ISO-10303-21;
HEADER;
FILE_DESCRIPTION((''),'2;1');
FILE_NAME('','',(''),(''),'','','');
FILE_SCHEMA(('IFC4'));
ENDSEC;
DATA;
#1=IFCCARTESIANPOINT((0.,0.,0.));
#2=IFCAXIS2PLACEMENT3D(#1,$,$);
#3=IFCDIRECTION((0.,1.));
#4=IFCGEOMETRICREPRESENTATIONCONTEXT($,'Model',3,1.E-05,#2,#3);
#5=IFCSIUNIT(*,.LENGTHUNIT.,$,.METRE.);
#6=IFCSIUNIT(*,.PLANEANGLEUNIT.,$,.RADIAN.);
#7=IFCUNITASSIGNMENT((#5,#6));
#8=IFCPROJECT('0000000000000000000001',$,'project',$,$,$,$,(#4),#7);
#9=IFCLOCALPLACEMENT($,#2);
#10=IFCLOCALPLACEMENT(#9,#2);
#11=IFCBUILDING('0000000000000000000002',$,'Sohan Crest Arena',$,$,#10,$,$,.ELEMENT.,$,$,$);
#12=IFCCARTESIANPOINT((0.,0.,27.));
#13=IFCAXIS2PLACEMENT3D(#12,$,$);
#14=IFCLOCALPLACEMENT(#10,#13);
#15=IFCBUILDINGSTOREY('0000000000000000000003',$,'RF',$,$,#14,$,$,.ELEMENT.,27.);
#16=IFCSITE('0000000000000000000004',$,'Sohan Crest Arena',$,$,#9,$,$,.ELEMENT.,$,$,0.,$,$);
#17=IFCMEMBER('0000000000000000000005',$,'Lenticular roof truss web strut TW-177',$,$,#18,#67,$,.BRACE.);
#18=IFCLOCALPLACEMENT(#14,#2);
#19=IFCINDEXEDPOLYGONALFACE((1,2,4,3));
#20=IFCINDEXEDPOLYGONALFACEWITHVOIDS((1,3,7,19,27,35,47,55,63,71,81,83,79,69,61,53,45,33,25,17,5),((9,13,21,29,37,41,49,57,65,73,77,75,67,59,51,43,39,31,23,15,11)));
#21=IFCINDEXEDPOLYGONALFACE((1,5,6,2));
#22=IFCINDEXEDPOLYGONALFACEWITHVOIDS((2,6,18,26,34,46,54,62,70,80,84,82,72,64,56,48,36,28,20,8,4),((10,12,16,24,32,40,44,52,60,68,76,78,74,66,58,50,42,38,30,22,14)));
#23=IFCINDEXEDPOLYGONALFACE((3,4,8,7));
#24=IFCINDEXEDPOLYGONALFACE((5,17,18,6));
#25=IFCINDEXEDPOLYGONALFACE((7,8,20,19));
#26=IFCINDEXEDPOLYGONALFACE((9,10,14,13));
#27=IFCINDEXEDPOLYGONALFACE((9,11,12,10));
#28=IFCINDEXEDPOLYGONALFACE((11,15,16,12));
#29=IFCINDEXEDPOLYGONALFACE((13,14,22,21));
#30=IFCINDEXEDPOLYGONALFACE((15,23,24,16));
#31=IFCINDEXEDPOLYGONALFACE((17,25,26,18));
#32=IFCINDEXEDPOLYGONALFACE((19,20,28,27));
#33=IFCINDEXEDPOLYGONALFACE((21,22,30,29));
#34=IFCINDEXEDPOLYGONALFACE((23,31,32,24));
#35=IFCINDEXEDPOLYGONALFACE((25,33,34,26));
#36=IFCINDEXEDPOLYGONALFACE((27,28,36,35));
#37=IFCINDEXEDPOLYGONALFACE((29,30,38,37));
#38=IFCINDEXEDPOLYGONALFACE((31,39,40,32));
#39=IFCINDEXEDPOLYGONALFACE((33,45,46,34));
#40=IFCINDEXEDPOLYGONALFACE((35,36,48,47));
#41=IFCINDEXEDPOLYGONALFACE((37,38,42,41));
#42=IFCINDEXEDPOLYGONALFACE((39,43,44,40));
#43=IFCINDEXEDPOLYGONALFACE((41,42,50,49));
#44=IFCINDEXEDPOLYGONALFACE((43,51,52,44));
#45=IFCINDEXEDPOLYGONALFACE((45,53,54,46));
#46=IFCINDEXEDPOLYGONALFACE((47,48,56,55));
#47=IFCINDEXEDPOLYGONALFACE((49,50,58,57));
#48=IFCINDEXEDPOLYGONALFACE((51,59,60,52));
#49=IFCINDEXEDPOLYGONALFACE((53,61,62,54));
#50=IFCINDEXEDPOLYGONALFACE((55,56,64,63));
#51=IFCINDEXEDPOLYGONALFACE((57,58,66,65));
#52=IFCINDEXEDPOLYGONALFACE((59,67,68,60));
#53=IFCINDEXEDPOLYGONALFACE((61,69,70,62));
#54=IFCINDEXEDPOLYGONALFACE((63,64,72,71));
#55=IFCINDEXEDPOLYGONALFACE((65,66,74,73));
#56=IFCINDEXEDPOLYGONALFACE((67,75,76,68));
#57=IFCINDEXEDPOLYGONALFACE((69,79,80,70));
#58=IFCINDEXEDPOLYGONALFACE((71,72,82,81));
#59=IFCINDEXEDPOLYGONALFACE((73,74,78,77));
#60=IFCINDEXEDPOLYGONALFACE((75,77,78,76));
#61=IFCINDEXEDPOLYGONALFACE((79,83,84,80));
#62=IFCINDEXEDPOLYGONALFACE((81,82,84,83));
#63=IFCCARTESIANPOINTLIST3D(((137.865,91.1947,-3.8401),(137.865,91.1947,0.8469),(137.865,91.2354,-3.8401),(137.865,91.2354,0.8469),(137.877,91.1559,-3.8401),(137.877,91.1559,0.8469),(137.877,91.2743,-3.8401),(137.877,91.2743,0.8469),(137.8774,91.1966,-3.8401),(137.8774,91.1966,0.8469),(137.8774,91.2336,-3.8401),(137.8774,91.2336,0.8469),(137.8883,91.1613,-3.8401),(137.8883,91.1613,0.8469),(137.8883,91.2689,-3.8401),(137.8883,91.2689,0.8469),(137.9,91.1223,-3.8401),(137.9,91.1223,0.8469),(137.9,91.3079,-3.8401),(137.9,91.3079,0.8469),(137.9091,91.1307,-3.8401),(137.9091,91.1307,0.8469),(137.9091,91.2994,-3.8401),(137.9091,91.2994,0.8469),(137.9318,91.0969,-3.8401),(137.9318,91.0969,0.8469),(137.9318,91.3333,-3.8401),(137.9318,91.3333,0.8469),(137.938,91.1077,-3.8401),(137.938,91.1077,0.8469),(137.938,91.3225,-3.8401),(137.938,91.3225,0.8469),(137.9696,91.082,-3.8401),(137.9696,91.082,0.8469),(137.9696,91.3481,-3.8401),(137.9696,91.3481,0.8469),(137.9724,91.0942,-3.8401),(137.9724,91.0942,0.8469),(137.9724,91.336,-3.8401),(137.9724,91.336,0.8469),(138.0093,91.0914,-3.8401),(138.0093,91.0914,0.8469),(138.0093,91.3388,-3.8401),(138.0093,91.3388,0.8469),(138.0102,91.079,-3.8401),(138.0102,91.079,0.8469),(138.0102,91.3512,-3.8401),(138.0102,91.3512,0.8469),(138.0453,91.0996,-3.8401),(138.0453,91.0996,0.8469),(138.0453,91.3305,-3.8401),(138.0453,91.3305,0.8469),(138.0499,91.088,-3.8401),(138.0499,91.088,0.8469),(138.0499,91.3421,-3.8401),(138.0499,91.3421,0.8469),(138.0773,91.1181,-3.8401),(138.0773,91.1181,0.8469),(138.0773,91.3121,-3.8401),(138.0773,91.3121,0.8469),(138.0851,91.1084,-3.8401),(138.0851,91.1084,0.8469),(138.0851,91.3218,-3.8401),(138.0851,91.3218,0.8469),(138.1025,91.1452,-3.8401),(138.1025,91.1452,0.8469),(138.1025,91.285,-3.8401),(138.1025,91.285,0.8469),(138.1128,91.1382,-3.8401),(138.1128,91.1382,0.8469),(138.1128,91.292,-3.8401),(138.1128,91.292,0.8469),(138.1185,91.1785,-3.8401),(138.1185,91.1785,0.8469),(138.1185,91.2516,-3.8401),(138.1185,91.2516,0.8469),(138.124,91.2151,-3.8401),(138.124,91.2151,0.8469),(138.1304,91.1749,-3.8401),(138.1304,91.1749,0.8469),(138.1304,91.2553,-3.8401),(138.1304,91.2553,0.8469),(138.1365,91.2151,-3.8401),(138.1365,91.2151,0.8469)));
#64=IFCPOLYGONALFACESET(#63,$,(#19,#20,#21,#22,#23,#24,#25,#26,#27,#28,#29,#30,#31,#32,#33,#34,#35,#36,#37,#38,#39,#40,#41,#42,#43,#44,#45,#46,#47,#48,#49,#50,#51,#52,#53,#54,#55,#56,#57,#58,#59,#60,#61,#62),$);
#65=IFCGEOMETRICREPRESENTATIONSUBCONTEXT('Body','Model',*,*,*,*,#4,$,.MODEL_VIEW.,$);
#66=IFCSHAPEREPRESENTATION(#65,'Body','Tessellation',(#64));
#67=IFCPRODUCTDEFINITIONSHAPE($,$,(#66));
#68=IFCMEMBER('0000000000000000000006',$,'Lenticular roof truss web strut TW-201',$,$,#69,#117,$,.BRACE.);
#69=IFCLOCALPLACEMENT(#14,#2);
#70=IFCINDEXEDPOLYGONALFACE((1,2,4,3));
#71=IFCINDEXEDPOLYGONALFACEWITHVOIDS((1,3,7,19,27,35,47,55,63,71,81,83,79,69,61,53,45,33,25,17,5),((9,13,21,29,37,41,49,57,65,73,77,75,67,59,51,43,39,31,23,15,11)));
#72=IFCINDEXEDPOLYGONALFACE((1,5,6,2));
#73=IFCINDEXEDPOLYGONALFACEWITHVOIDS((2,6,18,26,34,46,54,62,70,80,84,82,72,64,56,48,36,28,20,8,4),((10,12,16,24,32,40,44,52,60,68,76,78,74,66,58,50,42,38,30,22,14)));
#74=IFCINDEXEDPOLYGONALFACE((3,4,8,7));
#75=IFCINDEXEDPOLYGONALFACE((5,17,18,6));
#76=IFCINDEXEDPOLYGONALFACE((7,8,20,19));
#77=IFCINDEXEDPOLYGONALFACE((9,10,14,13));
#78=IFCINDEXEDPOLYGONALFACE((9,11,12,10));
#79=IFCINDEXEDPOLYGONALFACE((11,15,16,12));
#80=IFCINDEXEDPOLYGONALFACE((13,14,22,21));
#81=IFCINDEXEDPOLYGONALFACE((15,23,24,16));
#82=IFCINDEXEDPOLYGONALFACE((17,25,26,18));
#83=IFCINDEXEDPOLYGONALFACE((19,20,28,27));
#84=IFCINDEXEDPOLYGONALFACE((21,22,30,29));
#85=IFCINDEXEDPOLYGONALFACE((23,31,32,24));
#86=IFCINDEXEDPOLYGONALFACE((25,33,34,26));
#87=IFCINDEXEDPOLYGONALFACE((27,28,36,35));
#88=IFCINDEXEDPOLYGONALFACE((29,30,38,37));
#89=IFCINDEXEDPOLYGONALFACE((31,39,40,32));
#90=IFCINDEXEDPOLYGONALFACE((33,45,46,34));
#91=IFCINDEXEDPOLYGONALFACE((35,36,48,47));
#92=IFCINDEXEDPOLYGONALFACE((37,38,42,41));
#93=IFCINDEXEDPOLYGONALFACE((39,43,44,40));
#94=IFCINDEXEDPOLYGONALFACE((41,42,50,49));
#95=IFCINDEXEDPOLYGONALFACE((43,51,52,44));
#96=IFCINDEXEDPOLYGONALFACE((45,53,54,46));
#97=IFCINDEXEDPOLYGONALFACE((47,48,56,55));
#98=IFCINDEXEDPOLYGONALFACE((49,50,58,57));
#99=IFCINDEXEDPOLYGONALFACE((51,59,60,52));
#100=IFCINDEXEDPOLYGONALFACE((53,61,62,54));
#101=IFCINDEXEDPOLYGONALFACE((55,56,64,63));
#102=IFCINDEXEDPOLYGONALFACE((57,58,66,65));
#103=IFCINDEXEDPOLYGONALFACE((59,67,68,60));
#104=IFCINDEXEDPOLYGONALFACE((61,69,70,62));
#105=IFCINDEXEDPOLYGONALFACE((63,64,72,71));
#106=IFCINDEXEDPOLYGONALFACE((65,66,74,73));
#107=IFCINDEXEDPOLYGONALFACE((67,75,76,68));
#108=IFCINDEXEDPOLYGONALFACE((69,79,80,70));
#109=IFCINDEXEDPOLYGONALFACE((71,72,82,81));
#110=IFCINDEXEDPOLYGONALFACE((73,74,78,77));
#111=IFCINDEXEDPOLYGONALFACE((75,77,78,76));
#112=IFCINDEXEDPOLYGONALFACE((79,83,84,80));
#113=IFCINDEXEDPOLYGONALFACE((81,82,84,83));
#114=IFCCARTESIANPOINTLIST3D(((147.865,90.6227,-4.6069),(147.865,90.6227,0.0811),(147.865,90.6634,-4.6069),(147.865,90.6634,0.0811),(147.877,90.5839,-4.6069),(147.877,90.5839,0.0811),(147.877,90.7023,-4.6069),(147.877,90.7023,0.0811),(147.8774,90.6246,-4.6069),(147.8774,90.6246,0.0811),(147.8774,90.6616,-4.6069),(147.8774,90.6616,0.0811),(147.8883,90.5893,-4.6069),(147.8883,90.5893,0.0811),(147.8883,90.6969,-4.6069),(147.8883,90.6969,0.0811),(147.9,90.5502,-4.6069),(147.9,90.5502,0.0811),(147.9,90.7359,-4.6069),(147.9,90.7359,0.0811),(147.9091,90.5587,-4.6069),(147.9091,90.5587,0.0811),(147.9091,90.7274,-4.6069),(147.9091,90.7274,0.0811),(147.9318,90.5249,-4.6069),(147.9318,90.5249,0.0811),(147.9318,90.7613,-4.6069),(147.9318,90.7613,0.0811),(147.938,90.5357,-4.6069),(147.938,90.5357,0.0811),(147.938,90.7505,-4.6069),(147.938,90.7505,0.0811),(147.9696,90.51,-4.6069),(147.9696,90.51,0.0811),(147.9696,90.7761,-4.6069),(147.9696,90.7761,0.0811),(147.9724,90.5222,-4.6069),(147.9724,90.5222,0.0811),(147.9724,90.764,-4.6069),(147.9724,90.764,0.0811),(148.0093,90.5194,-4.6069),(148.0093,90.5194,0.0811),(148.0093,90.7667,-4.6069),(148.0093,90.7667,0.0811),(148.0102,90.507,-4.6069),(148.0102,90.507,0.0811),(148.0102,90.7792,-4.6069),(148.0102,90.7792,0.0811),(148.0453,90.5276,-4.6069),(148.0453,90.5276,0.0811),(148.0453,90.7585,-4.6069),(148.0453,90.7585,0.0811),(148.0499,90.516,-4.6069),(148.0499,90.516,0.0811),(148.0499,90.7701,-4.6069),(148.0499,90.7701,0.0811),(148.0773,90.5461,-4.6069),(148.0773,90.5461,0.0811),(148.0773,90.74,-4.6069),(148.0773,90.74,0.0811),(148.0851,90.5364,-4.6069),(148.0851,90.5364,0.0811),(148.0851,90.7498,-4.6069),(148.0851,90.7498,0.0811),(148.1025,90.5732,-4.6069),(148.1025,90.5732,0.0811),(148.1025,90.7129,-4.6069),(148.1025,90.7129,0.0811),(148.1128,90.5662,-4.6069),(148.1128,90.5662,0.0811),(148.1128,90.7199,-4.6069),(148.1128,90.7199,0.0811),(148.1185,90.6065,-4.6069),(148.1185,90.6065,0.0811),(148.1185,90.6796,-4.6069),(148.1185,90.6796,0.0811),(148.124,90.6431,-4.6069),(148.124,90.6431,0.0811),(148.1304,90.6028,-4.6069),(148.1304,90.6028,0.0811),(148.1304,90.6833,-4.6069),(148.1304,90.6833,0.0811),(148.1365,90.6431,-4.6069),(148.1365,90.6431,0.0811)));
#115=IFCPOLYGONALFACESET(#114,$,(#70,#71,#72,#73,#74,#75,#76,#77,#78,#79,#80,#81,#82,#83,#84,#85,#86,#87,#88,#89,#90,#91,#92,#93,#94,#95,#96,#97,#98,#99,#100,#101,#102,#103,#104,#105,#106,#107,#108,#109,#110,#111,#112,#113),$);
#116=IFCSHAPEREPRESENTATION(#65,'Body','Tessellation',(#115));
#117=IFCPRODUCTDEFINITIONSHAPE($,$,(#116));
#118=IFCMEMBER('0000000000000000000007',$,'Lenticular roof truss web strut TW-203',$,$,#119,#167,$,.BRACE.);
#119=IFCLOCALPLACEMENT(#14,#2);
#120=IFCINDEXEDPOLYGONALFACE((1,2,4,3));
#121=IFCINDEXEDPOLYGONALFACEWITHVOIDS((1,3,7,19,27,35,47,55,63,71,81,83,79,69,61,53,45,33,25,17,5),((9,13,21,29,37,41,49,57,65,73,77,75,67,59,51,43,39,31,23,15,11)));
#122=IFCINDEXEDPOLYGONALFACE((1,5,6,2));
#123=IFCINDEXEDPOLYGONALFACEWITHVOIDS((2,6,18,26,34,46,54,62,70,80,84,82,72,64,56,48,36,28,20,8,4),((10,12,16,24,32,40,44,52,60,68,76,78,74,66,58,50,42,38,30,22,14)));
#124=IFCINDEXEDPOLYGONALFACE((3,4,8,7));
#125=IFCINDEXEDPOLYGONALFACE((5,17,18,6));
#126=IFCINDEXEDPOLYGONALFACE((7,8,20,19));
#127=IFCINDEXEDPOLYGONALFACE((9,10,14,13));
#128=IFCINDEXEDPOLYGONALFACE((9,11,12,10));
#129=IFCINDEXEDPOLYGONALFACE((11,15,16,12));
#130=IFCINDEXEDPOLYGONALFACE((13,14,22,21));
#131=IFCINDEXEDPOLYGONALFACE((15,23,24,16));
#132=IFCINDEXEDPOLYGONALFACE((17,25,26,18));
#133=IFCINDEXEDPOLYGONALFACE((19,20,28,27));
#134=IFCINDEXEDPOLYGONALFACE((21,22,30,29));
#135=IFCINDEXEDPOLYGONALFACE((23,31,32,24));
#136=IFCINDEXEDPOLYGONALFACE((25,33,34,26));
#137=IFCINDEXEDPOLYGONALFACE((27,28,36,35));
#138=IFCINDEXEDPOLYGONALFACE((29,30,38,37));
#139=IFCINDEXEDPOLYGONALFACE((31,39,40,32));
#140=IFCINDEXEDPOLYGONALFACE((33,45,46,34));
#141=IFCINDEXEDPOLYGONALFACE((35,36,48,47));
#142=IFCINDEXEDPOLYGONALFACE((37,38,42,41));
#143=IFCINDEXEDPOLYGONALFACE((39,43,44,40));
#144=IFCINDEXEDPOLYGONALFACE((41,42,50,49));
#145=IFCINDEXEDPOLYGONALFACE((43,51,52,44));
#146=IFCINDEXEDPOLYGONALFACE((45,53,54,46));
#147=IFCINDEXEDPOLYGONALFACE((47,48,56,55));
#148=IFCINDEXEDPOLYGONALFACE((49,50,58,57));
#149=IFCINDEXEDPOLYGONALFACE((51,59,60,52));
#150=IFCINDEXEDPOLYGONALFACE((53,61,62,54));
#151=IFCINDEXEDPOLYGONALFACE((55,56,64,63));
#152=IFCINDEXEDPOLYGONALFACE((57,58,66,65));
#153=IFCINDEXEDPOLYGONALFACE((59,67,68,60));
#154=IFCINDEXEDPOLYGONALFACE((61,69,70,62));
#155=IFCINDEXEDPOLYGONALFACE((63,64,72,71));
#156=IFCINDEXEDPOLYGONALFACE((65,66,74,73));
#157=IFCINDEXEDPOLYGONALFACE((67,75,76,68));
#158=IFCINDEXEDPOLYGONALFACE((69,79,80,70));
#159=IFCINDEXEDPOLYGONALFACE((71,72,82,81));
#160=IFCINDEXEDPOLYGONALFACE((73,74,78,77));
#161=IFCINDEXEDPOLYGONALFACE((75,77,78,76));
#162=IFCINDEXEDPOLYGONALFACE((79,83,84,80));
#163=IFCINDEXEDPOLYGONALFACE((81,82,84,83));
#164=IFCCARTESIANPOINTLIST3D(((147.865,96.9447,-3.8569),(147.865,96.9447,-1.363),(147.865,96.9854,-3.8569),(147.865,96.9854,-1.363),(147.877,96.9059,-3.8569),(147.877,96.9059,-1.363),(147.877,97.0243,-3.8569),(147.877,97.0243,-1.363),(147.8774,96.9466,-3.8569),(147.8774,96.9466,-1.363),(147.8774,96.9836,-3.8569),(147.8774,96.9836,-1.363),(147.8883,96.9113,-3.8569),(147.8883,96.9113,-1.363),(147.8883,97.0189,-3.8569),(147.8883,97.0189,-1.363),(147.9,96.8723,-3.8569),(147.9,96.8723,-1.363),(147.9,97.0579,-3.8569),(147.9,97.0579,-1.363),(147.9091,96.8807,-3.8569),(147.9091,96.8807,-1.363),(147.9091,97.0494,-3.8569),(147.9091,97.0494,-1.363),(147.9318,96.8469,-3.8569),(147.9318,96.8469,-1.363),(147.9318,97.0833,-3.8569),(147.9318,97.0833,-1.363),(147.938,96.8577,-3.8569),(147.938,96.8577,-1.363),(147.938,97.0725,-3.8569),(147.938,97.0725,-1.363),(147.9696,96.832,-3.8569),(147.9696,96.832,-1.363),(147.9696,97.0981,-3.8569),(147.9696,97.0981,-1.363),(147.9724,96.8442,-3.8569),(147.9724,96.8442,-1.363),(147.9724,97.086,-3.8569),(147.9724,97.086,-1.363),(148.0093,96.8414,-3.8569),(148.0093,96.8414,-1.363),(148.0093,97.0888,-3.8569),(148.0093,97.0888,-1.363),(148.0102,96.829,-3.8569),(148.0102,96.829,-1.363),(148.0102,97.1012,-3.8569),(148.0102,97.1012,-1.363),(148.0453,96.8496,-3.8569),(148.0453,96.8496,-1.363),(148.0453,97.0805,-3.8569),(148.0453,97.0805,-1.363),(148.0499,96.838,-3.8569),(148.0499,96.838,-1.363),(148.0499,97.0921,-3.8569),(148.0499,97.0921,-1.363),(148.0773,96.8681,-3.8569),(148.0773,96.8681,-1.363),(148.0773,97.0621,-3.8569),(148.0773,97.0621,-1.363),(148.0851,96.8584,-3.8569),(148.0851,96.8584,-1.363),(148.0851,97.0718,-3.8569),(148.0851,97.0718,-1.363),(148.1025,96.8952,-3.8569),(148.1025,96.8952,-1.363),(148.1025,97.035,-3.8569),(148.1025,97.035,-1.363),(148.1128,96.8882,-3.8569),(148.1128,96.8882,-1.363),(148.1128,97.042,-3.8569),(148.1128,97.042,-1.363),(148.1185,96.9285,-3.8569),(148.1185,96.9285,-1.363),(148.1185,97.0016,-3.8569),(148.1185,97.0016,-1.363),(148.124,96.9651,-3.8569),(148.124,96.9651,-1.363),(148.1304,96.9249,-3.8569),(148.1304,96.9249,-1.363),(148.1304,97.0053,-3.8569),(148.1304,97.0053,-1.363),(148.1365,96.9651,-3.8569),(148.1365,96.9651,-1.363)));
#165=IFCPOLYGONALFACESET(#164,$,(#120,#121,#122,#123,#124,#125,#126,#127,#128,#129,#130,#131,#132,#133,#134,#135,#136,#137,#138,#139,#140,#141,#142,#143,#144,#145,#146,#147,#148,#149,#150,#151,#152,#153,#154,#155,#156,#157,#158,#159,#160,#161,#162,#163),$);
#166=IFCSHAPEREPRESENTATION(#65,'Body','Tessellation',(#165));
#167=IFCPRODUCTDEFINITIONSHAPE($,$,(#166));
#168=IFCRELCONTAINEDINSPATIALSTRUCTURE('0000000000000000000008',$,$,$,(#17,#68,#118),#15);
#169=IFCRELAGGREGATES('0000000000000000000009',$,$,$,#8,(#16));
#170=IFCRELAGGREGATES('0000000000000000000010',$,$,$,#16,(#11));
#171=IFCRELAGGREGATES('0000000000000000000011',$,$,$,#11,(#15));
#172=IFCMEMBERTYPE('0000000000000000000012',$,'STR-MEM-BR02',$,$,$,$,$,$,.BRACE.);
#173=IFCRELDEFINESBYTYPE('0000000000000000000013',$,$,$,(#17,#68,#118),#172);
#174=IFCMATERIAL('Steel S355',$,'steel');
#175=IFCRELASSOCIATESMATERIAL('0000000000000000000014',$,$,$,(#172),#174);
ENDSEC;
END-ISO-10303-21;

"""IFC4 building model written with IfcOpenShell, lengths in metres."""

from ifc_helpers import new_model, si_unit, direction, frame, origin, origin_2d, place, context, subcontext, project, spatial, hollow_circle, extrude, material, material_profile, profile_set, type_object, element, save


model = new_model("IFC4")

# Units and contexts
model_context = context("Model", 3, precision=1e-05, world=origin(), true_north=direction((0.0, 1.0)))
body_context = subcontext(model_context, "Body", "Model", "MODEL_VIEW")
ifc_project = project(units=[si_unit("LENGTHUNIT", "METRE"), si_unit("PLANEANGLEUNIT", "RADIAN")], contexts=[model_context])

# Site, building, storey
site_placement = place(None, origin())
site = spatial("IfcSite", under=ifc_project, at=site_placement, Name="Sohan Crest Arena", CompositionType="ELEMENT", RefElevation=0.0)
building_placement = place(site_placement, origin())
building = spatial("IfcBuilding", under=site, at=building_placement, Name="Sohan Crest Arena", CompositionType="ELEMENT")
storey_placement = place(building_placement, frame((0.0, 0.0, 27.0)))
storey = spatial("IfcBuildingStorey", under=building, at=storey_placement, Name="RF", CompositionType="ELEMENT", Elevation=27.0)

# Shared definitions
ifc_material_1 = material(Name="Steel S355", Category="steel")

# Members
ifc_material_profile_1 = material_profile(ifc_material_1, hollow_circle(Radius=0.1365, WallThickness=0.0125, at=origin_2d()), Name="CHS 273x12.5")
ifc_profile_set_1 = profile_set([ifc_material_profile_1], Name="Steel S355")
member_type_1 = type_object("IfcMemberType", Name="STR-MEM-BR02", PredefinedType="BRACE", material=ifc_profile_set_1)
member_1_placement = place(storey_placement, frame((138.0, 91.2151, -3.8401), z_axis=(0.0, 0.0, 1.0), x_axis=(1.0, 0.0, 0.0)))
element("IfcMember", 1, at=member_1_placement, inside=storey, type_object=member_type_1, Name="Lenticular roof truss web strut TW-177", PredefinedType="BRACE", context=body_context, shape_type="SweptSolid", body=[
    extrude(hollow_circle(Radius=0.1365, WallThickness=0.0125, at=origin_2d()), origin(), (0.0, 0.0, 1.0), 4.687),
])
member_2_placement = place(storey_placement, frame((148.0, 90.6431, -4.6069), z_axis=(0.0, 0.0, 1.0), x_axis=(1.0, 0.0, 0.0)))
element("IfcMember", 2, at=member_2_placement, inside=storey, type_object=member_type_1, Name="Lenticular roof truss web strut TW-201", PredefinedType="BRACE", context=body_context, shape_type="SweptSolid", body=[
    extrude(hollow_circle(Radius=0.1365, WallThickness=0.0125, at=origin_2d()), origin(), (0.0, 0.0, 1.0), 4.688),
])
member_3_placement = place(storey_placement, frame((148.0, 96.9651, -3.8569), z_axis=(0.0, 0.0, 1.0), x_axis=(1.0, 0.0, 0.0)))
element("IfcMember", 3, at=member_3_placement, inside=storey, type_object=member_type_1, Name="Lenticular roof truss web strut TW-203", PredefinedType="BRACE", context=body_context, shape_type="SweptSolid", body=[
    extrude(hollow_circle(Radius=0.1365, WallThickness=0.0125, at=origin_2d()), origin(), (0.0, 0.0, 1.0), 2.4939),
])

save(model, "model.ifc")
